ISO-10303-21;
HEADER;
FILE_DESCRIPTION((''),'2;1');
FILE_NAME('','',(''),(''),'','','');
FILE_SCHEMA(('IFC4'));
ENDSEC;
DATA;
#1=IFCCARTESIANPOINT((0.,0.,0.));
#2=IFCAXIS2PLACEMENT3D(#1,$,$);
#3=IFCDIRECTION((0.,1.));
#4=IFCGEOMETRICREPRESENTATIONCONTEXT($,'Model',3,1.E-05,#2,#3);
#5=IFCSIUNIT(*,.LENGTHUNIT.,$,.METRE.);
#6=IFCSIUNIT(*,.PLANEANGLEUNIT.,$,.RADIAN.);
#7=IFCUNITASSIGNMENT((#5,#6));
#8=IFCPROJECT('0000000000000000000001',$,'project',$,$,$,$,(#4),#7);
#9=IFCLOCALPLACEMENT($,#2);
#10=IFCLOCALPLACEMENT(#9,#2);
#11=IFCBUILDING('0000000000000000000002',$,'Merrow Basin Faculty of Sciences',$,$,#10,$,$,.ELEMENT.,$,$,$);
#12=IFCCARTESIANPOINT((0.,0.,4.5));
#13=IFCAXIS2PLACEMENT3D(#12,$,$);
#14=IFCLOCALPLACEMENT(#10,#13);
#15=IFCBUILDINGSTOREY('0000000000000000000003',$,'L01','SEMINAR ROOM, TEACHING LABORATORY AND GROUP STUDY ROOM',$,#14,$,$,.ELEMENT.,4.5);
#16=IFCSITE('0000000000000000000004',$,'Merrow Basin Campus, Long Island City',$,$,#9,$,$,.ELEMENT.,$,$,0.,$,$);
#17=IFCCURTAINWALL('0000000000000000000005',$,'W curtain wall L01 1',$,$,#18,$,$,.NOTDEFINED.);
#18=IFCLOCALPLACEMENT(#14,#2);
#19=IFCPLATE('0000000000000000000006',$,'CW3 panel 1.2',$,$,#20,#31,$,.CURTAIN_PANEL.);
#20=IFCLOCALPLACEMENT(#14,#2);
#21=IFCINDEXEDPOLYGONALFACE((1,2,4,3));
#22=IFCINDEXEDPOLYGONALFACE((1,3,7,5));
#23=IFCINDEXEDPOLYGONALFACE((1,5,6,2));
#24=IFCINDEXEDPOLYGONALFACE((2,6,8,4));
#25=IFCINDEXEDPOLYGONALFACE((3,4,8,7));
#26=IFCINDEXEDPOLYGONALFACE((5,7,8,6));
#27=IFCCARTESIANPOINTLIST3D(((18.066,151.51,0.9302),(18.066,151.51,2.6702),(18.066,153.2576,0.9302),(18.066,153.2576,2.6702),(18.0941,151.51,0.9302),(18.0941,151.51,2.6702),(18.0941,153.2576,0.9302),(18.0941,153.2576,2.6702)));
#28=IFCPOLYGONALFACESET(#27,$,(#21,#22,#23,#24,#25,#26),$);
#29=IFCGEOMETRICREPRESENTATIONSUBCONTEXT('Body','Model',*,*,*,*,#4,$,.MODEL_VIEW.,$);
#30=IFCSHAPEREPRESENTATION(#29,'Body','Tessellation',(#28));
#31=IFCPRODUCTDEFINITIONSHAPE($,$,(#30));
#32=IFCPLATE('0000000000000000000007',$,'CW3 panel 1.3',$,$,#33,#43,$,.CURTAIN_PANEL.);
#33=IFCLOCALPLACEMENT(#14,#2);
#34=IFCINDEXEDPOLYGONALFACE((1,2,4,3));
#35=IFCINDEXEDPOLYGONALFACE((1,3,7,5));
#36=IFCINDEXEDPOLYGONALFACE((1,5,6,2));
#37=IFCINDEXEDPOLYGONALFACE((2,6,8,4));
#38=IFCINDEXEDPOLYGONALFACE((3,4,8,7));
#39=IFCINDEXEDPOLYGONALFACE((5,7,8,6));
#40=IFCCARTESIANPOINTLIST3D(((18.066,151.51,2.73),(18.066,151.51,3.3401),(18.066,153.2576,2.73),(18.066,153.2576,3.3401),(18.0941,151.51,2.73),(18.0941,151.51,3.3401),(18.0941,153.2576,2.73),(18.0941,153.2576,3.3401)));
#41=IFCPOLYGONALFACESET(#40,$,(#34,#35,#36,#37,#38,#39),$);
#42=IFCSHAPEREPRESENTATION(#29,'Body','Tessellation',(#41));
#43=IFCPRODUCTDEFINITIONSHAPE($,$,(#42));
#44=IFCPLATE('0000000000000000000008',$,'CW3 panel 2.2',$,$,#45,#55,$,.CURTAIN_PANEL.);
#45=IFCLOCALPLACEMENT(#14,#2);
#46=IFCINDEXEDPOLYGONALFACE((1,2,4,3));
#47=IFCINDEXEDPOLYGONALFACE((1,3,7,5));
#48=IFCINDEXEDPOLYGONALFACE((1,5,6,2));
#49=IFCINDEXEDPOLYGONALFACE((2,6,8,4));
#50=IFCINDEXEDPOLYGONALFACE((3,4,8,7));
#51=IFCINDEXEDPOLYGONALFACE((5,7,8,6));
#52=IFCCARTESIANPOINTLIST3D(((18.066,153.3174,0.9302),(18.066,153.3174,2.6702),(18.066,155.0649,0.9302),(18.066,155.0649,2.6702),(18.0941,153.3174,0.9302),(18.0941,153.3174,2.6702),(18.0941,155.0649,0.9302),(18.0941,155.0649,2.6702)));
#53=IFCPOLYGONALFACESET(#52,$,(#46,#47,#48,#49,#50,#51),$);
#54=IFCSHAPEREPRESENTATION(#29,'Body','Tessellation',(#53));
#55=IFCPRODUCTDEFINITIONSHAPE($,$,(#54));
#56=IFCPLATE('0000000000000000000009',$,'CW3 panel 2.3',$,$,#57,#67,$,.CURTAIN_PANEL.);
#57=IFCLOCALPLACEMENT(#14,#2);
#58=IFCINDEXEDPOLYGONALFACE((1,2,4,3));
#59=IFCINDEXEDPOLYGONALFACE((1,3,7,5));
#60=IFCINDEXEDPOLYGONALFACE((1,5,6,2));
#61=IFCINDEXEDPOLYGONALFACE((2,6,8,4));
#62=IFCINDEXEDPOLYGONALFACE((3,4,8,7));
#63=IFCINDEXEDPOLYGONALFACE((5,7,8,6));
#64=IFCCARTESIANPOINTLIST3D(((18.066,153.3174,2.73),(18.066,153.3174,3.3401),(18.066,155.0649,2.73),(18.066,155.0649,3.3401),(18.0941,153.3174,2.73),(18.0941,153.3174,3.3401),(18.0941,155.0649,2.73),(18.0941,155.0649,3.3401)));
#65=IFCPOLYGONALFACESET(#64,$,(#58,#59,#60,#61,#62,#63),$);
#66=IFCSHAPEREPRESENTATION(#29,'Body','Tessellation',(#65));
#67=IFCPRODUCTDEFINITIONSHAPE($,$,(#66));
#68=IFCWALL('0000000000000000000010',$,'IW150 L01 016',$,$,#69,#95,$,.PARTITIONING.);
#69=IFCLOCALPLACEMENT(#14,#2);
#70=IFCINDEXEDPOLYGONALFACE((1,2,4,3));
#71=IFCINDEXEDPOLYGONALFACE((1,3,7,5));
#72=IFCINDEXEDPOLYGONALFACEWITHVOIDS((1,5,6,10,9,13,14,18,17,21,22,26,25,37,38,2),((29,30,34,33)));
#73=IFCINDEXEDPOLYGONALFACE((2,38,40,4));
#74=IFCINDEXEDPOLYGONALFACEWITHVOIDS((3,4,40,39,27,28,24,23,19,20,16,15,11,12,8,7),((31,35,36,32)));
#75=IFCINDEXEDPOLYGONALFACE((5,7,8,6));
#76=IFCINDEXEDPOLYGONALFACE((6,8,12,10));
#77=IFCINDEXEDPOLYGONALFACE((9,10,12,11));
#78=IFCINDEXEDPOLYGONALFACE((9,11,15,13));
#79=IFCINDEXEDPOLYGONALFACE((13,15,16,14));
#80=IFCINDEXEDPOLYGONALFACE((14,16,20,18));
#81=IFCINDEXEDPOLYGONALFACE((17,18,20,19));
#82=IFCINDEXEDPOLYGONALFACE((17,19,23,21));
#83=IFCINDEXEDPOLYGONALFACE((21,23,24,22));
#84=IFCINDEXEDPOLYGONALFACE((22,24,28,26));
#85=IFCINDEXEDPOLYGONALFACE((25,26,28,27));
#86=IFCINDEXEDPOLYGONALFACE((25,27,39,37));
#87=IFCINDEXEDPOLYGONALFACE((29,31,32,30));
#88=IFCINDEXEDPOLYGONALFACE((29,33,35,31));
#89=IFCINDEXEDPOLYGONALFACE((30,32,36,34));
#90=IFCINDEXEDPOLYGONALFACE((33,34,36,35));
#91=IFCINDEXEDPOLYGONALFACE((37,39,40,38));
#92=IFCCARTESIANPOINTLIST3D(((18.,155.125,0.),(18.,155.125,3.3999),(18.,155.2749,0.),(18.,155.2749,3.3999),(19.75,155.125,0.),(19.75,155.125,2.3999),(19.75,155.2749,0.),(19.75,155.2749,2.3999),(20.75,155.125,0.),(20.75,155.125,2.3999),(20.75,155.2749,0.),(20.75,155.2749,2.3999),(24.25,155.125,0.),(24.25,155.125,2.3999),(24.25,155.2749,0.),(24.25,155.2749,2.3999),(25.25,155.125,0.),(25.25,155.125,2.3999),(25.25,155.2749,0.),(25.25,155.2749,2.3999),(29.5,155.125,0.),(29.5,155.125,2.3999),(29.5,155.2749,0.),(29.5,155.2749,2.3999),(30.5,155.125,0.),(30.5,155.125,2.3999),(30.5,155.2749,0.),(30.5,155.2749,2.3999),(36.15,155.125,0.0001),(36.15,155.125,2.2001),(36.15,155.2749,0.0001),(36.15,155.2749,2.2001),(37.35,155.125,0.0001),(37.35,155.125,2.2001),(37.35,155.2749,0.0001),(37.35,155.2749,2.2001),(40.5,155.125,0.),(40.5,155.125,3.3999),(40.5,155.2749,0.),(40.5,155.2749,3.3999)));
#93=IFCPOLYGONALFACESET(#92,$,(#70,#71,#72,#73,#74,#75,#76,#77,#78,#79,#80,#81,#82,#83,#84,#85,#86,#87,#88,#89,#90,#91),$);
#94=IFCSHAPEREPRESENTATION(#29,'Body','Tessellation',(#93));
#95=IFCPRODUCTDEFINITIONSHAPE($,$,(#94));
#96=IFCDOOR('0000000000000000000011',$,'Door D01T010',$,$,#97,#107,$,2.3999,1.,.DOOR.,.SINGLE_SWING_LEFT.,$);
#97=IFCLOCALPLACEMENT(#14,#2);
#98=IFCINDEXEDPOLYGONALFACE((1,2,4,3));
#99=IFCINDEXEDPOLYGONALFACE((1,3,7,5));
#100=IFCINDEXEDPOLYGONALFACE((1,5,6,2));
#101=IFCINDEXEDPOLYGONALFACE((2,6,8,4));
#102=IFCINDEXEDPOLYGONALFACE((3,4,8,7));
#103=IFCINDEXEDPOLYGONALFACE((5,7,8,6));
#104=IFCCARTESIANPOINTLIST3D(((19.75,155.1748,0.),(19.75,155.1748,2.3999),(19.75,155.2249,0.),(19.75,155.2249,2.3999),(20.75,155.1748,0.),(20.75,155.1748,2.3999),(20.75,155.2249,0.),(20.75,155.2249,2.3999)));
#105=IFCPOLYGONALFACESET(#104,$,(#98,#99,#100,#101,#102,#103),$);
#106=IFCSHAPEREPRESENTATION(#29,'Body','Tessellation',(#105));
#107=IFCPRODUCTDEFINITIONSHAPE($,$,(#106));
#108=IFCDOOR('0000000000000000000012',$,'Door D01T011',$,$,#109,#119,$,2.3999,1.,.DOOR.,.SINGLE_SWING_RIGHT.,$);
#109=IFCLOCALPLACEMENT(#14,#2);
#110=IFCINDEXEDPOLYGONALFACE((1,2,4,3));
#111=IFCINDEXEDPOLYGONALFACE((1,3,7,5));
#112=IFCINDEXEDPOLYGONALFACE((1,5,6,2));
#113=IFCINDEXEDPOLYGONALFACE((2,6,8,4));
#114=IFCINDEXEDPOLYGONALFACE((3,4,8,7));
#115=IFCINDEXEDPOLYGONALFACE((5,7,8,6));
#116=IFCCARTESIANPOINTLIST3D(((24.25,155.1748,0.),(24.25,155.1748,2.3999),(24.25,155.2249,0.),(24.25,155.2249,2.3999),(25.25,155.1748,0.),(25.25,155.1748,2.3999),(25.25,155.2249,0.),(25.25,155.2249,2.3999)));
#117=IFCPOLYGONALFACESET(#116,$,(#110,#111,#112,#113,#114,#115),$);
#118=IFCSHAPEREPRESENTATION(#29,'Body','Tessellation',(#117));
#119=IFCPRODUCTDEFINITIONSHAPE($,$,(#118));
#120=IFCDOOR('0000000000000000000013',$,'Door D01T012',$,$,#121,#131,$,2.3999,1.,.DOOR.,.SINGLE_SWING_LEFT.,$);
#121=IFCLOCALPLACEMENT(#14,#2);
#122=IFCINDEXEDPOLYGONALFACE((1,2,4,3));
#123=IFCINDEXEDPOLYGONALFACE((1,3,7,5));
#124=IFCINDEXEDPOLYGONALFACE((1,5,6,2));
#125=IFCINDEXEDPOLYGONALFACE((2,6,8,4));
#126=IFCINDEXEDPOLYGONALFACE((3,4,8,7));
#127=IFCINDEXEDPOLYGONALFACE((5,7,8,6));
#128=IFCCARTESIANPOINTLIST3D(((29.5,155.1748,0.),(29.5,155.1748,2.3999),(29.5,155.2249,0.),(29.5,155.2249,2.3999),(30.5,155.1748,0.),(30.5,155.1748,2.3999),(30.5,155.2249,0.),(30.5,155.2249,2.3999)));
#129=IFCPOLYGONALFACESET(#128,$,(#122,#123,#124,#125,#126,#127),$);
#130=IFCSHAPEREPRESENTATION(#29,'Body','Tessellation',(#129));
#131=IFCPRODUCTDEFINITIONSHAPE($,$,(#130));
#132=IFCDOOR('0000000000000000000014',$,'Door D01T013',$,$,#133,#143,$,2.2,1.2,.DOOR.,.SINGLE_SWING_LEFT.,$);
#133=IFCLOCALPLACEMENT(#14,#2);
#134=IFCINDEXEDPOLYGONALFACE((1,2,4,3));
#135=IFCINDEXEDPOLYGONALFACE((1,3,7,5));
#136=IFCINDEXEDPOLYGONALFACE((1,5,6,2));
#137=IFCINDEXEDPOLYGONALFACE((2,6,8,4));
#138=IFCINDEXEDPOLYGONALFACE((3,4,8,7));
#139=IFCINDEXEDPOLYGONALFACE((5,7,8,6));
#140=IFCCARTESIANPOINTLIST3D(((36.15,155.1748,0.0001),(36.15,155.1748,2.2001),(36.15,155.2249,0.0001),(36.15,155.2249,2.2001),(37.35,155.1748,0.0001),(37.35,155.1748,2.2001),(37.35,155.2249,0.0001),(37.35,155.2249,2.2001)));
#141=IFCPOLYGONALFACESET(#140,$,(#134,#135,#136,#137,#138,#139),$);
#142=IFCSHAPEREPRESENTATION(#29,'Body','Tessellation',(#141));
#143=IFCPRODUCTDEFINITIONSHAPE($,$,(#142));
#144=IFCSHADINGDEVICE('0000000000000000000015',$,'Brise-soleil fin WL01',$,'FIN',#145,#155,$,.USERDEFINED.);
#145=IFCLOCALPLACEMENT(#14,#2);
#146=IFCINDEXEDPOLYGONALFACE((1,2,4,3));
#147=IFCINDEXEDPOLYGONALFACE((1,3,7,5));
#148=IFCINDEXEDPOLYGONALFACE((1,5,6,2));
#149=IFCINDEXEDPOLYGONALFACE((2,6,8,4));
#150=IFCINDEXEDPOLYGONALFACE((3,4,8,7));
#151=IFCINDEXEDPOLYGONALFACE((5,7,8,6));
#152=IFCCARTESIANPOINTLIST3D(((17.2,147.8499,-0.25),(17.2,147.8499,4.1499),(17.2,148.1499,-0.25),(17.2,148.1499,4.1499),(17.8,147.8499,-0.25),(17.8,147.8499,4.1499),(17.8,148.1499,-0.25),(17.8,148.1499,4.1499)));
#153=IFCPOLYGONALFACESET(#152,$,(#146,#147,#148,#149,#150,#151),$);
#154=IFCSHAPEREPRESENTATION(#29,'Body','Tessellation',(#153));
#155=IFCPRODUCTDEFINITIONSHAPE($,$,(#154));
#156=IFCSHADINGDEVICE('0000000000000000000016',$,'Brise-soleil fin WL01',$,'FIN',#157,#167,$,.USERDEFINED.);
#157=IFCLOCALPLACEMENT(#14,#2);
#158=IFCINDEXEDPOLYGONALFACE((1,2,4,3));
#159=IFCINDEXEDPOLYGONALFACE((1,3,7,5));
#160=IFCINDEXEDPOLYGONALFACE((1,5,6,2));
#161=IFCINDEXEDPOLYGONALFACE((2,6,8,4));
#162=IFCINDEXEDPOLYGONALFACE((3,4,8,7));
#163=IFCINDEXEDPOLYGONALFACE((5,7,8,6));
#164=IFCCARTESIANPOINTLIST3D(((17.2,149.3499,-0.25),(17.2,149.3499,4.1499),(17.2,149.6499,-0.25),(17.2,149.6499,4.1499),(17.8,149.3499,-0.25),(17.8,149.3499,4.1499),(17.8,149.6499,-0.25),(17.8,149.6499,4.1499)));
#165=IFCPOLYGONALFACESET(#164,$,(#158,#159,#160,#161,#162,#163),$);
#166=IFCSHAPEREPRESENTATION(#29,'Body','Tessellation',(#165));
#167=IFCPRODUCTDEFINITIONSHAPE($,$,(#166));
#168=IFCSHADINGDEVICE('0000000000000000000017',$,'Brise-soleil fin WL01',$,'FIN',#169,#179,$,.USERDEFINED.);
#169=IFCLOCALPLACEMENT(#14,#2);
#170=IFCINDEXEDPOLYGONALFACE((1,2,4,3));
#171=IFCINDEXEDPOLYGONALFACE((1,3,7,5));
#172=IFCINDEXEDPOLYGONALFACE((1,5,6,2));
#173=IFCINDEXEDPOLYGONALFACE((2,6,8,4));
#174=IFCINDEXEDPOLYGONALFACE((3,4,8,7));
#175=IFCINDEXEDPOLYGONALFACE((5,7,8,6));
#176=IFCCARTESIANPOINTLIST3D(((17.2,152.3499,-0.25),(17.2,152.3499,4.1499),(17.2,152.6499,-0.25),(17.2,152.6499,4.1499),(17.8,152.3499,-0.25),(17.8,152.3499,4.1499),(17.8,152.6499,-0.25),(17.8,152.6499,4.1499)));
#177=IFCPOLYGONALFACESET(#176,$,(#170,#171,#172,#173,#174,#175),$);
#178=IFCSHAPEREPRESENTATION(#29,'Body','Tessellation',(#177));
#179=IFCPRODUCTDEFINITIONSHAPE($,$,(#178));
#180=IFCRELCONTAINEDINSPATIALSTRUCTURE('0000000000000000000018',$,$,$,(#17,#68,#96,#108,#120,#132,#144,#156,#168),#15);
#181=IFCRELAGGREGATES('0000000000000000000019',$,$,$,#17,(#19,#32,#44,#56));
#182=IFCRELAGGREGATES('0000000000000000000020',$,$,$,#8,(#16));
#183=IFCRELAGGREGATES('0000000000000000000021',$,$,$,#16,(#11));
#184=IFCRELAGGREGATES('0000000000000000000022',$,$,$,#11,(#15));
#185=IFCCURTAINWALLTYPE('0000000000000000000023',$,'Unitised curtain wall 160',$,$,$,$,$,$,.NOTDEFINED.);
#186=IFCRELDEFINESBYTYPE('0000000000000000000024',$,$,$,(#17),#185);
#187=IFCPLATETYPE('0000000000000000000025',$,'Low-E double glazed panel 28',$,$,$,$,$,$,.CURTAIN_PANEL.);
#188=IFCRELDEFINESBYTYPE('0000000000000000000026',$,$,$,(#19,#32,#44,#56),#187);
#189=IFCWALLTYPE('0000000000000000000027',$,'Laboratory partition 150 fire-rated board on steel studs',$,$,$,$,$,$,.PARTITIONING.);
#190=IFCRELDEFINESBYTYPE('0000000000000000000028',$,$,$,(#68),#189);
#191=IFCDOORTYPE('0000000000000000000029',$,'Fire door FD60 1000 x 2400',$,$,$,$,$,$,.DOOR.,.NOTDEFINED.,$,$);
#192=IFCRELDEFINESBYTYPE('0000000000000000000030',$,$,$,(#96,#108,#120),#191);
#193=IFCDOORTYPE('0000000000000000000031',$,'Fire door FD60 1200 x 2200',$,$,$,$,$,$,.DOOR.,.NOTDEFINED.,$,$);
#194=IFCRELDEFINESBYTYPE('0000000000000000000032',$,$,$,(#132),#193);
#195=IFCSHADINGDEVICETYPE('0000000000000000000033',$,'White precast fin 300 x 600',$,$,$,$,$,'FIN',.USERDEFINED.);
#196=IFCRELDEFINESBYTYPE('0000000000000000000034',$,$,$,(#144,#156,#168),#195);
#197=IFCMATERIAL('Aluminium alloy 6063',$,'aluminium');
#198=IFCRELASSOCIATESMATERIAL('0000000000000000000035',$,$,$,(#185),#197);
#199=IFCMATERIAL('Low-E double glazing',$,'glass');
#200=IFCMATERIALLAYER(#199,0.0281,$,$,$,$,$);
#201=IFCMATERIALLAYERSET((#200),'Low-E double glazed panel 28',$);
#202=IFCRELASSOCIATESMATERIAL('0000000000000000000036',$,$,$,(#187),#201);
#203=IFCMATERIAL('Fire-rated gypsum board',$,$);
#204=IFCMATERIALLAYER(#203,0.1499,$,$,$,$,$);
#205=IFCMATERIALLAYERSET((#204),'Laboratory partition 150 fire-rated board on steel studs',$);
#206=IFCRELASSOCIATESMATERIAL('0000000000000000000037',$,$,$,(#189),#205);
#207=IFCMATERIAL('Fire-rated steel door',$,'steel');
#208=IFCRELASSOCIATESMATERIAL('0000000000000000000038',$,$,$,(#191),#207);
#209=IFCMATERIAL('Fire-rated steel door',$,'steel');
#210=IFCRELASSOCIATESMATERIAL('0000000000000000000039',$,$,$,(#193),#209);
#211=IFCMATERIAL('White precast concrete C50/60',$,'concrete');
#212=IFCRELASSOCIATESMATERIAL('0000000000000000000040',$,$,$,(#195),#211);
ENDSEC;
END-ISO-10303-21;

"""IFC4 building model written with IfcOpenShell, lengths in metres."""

from ifc_helpers import new_model, si_unit, direction, frame, frame_2d, origin, origin_2d, place, context, subcontext, project, spatial, polyline, rectangle, outline, extrude, source, transform, mapped, material, layer, layer_set, type_object, element, fill, aggregate, save


model = new_model("IFC4")

# Units and contexts
model_context = context("Model", 3, precision=1e-05, world=origin(), true_north=direction((0.0, 1.0)))
body_context = subcontext(model_context, "Body", "Model", "MODEL_VIEW")
ifc_project = project(units=[si_unit("LENGTHUNIT", "METRE"), si_unit("PLANEANGLEUNIT", "RADIAN")], contexts=[model_context])

# Site, building, storey
site_placement = place(None, origin())
site = spatial("IfcSite", under=ifc_project, at=site_placement, Name="Merrow Basin Campus, Long Island City", CompositionType="ELEMENT", RefElevation=0.0)
building_placement = place(site_placement, origin())
building = spatial("IfcBuilding", under=site, at=building_placement, Name="Merrow Basin Faculty of Sciences", CompositionType="ELEMENT")
storey_placement = place(building_placement, frame((0.0, 0.0, 4.5)))
storey = spatial("IfcBuildingStorey", under=building, at=storey_placement, Name="L01", Description="SEMINAR ROOM, TEACHING LABORATORY AND GROUP STUDY ROOM", CompositionType="ELEMENT", Elevation=4.5)

# Curtain wall
ifc_material_1 = material(Name="Aluminium alloy 6063", Category="aluminium")
curtain_wall_type = type_object("IfcCurtainWallType", Name="Unitised curtain wall 160", PredefinedType="NOTDEFINED", material=ifc_material_1)
curtain_wall_placement = place(storey_placement, origin())
curtain_wall = element("IfcCurtainWall", 1, at=curtain_wall_placement, inside=storey, type_object=curtain_wall_type, Name="W curtain wall L01 1", PredefinedType="NOTDEFINED")

# Plates
ifc_material_2 = material(Name="Low-E double glazing", Category="glass")
ifc_layer_1 = layer(ifc_material_2, 0.0281)
ifc_layer_set_1 = layer_set([ifc_layer_1], Name="Low-E double glazed panel 28")
plate_type_1 = type_object("IfcPlateType", Name="Low-E double glazed panel 28", PredefinedType="CURTAIN_PANEL", material=ifc_layer_set_1)
plate_1_placement = place(storey_placement, frame((18.0801, 152.3838, 0.9302), z_axis=(0.0, 0.0, 1.0), x_axis=(0.0, 1.0, 0.0)))
plate_1 = element("IfcPlate", 2, at=plate_1_placement, type_object=plate_type_1, Name="CW3 panel 1.2", PredefinedType="CURTAIN_PANEL", context=body_context, shape_type="SweptSolid", body=[
    extrude(rectangle(XDim=1.7476, YDim=0.0281, at=origin_2d()), origin(), (0.0, 0.0, 1.0), 1.74),
])
plate_2_placement = place(storey_placement, frame((18.0801, 152.3838, 2.73), z_axis=(0.0, 0.0, 1.0), x_axis=(0.0, 1.0, 0.0)))
plate_2 = element("IfcPlate", 3, at=plate_2_placement, type_object=plate_type_1, Name="CW3 panel 1.3", PredefinedType="CURTAIN_PANEL", context=body_context, shape_type="SweptSolid", body=[
    extrude(rectangle(XDim=1.7476, YDim=0.0281, at=origin_2d()), origin(), (0.0, 0.0, 1.0), 0.6101),
])
plate_3_placement = place(storey_placement, frame((18.0801, 154.1912, 0.9302), z_axis=(0.0, 0.0, 1.0), x_axis=(0.0, 1.0, 0.0)))
plate_3 = element("IfcPlate", 4, at=plate_3_placement, type_object=plate_type_1, Name="CW3 panel 2.2", PredefinedType="CURTAIN_PANEL", context=body_context, shape_type="SweptSolid", body=[
    extrude(rectangle(XDim=1.7476, YDim=0.0281, at=origin_2d()), origin(), (0.0, 0.0, 1.0), 1.74),
])
plate_4_placement = place(storey_placement, frame((18.0801, 154.1912, 2.73), z_axis=(0.0, 0.0, 1.0), x_axis=(0.0, 1.0, 0.0)))
plate_4 = element("IfcPlate", 5, at=plate_4_placement, type_object=plate_type_1, Name="CW3 panel 2.3", PredefinedType="CURTAIN_PANEL", context=body_context, shape_type="SweptSolid", body=[
    extrude(rectangle(XDim=1.7476, YDim=0.0281, at=origin_2d()), origin(), (0.0, 0.0, 1.0), 0.6101),
])
aggregate(curtain_wall, [plate_1, plate_2, plate_3, plate_4])

# Wall, openings, doors
ifc_material_3 = material(Name="Fire-rated gypsum board")
ifc_layer_2 = layer(ifc_material_3, 0.1499)
ifc_layer_set_2 = layer_set([ifc_layer_2], Name="Laboratory partition 150 fire-rated board on steel studs")
wall_type = type_object("IfcWallType", Name="Laboratory partition 150 fire-rated board on steel studs", PredefinedType="PARTITIONING", material=ifc_layer_set_2)
wall_placement = place(storey_placement, frame((18.0, 155.2, 0.0), z_axis=(0.0, 0.0, 1.0), x_axis=(1.0, 0.0, 0.0)))
wall = element("IfcWall", 6, at=wall_placement, inside=storey, type_object=wall_type, Name="IW150 L01 016", PredefinedType="PARTITIONING", context=body_context, shape_type="SweptSolid", body=[
    extrude(rectangle(XDim=22.5, YDim=0.1499, at=frame_2d((11.25, 0.0))), origin(), (0.0, 0.0, 1.0), 3.3999),
])
opening_1_placement = place(wall_placement, frame((1.75, 0.0, 0.0)))
opening_1 = element("IfcOpeningElement", 7, at=opening_1_placement, cuts=wall, PredefinedType="OPENING", context=body_context, shape_type="SweptSolid", body=[
    extrude(rectangle(XDim=1.0, YDim=2.3999, at=frame_2d((0.5, 1.2))), frame((0.0, 0.085, 0.0), z_axis=(0.0, -1.0, 0.0), x_axis=(1.0, 0.0, 0.0)), (0.0, 0.0, 1.0), 0.1699),
])
opening_2_placement = place(wall_placement, frame((6.25, 0.0, 0.0)))
opening_2 = element("IfcOpeningElement", 8, at=opening_2_placement, cuts=wall, PredefinedType="OPENING", context=body_context, shape_type="SweptSolid", body=[
    extrude(rectangle(XDim=1.0, YDim=2.3999, at=frame_2d((0.5, 1.2))), frame((0.0, 0.085, 0.0), z_axis=(0.0, -1.0, 0.0), x_axis=(1.0, 0.0, 0.0)), (0.0, 0.0, 1.0), 0.1699),
])
opening_3_placement = place(wall_placement, frame((11.5, 0.0, 0.0)))
opening_3 = element("IfcOpeningElement", 9, at=opening_3_placement, cuts=wall, PredefinedType="OPENING", context=body_context, shape_type="SweptSolid", body=[
    extrude(rectangle(XDim=1.0, YDim=2.3999, at=frame_2d((0.5, 1.2))), frame((0.0, 0.085, 0.0), z_axis=(0.0, -1.0, 0.0), x_axis=(1.0, 0.0, 0.0)), (0.0, 0.0, 1.0), 0.1699),
])
opening_4_placement = place(wall_placement, frame((18.1499, 0.0, 0.0)))
opening_4 = element("IfcOpeningElement", 10, at=opening_4_placement, cuts=wall, PredefinedType="OPENING", context=body_context, shape_type="SweptSolid", body=[
    extrude(rectangle(XDim=1.2, YDim=2.2, at=frame_2d((0.6001, 1.1001))), frame((0.0, 0.085, 0.0), z_axis=(0.0, -1.0, 0.0), x_axis=(1.0, 0.0, 0.0)), (0.0, 0.0, 1.0), 0.1699),
])
ifc_material_4 = material(Name="Fire-rated steel door", Category="steel")
door_type_1 = type_object("IfcDoorType", Name="Fire door FD60 1000 x 2400", OperationType="NOTDEFINED", PredefinedType="DOOR", material=ifc_material_4)
door_1_placement = place(opening_1_placement, origin())
door_1 = element("IfcDoor", 11, at=door_1_placement, inside=storey, type_object=door_type_1, Name="Door D01T010", OperationType="SINGLE_SWING_LEFT", OverallHeight=2.3999, OverallWidth=1.0, PredefinedType="DOOR", context=body_context, shape_type="SweptSolid", body=[
    extrude(rectangle(XDim=1.0, YDim=2.3999, at=frame_2d((0.5, 1.2))), frame((0.0, 0.0249, 0.0), z_axis=(0.0, -1.0, 0.0), x_axis=(1.0, 0.0, 0.0)), (0.0, 0.0, 1.0), 0.05),
])
fill(opening_1, door_1)
door_2_placement = place(opening_2_placement, origin())
door_2 = element("IfcDoor", 12, at=door_2_placement, inside=storey, type_object=door_type_1, Name="Door D01T011", OperationType="SINGLE_SWING_RIGHT", OverallHeight=2.3999, OverallWidth=1.0, PredefinedType="DOOR", context=body_context, shape_type="SweptSolid", body=[
    extrude(rectangle(XDim=1.0, YDim=2.3999, at=frame_2d((0.5, 1.2))), frame((0.0, 0.0249, 0.0), z_axis=(0.0, -1.0, 0.0), x_axis=(1.0, 0.0, 0.0)), (0.0, 0.0, 1.0), 0.05),
])
fill(opening_2, door_2)
door_3_placement = place(opening_3_placement, origin())
door_3 = element("IfcDoor", 13, at=door_3_placement, inside=storey, type_object=door_type_1, Name="Door D01T012", OperationType="SINGLE_SWING_LEFT", OverallHeight=2.3999, OverallWidth=1.0, PredefinedType="DOOR", context=body_context, shape_type="SweptSolid", body=[
    extrude(rectangle(XDim=1.0, YDim=2.3999, at=frame_2d((0.5, 1.2))), frame((0.0, 0.0249, 0.0), z_axis=(0.0, -1.0, 0.0), x_axis=(1.0, 0.0, 0.0)), (0.0, 0.0, 1.0), 0.05),
])
fill(opening_3, door_3)
ifc_material_5 = material(Name="Fire-rated steel door", Category="steel")
door_type_2 = type_object("IfcDoorType", Name="Fire door FD60 1200 x 2200", OperationType="NOTDEFINED", PredefinedType="DOOR", material=ifc_material_5)
door_4_placement = place(opening_4_placement, origin())
door_4 = element("IfcDoor", 14, at=door_4_placement, inside=storey, type_object=door_type_2, Name="Door D01T013", OperationType="SINGLE_SWING_LEFT", OverallHeight=2.2, OverallWidth=1.2, PredefinedType="DOOR", context=body_context, shape_type="SweptSolid", body=[
    extrude(rectangle(XDim=1.2, YDim=2.2, at=frame_2d((0.6001, 1.1001))), frame((0.0, 0.0249, 0.0), z_axis=(0.0, -1.0, 0.0), x_axis=(1.0, 0.0, 0.0)), (0.0, 0.0, 1.0), 0.05),
])
fill(opening_4, door_4)

# Shading devices
ifc_material_6 = material(Name="White precast concrete C50/60", Category="concrete")
shading_device_type = type_object("IfcShadingDeviceType", Name="White precast fin 300 x 600", ElementType="FIN", PredefinedType="USERDEFINED", material=ifc_material_6)
shared_shape_1 = source(origin(), body_context, "Body", "SweptSolid", [
    extrude(outline(polyline([(0.0, 0.0), (0.3, 0.0), (0.3, 4.3999), (0.0, 4.3999), (0.0, 0.0)])), origin(), (0.0, 0.0, 1.0), 0.6001),
])
for number, where, z_axis, x_axis, name in (
    (15, (17.8, 148.1499, -0.25), (-1.0, 0.0, 0.0), (0.0, -1.0, 0.0), "Brise-soleil fin WL01"),
    (16, (17.8, 149.6499, -0.25), (-1.0, 0.0, 0.0), (0.0, -1.0, 0.0), "Brise-soleil fin WL01"),
    (17, (17.8, 152.6499, -0.25), (-1.0, 0.0, 0.0), (0.0, -1.0, 0.0), "Brise-soleil fin WL01"),
):
    element("IfcShadingDevice", number, at=place(storey_placement, frame(where, z_axis=z_axis, x_axis=x_axis)), inside=storey, type_object=shading_device_type, Name=name, ObjectType="FIN", PredefinedType="USERDEFINED", context=body_context, shape_type="MappedRepresentation", body=[
        mapped(shared_shape_1, transform((0.0, 0.0, 0.0), scale=1.0)),
    ])

save(model, "model.ifc")
